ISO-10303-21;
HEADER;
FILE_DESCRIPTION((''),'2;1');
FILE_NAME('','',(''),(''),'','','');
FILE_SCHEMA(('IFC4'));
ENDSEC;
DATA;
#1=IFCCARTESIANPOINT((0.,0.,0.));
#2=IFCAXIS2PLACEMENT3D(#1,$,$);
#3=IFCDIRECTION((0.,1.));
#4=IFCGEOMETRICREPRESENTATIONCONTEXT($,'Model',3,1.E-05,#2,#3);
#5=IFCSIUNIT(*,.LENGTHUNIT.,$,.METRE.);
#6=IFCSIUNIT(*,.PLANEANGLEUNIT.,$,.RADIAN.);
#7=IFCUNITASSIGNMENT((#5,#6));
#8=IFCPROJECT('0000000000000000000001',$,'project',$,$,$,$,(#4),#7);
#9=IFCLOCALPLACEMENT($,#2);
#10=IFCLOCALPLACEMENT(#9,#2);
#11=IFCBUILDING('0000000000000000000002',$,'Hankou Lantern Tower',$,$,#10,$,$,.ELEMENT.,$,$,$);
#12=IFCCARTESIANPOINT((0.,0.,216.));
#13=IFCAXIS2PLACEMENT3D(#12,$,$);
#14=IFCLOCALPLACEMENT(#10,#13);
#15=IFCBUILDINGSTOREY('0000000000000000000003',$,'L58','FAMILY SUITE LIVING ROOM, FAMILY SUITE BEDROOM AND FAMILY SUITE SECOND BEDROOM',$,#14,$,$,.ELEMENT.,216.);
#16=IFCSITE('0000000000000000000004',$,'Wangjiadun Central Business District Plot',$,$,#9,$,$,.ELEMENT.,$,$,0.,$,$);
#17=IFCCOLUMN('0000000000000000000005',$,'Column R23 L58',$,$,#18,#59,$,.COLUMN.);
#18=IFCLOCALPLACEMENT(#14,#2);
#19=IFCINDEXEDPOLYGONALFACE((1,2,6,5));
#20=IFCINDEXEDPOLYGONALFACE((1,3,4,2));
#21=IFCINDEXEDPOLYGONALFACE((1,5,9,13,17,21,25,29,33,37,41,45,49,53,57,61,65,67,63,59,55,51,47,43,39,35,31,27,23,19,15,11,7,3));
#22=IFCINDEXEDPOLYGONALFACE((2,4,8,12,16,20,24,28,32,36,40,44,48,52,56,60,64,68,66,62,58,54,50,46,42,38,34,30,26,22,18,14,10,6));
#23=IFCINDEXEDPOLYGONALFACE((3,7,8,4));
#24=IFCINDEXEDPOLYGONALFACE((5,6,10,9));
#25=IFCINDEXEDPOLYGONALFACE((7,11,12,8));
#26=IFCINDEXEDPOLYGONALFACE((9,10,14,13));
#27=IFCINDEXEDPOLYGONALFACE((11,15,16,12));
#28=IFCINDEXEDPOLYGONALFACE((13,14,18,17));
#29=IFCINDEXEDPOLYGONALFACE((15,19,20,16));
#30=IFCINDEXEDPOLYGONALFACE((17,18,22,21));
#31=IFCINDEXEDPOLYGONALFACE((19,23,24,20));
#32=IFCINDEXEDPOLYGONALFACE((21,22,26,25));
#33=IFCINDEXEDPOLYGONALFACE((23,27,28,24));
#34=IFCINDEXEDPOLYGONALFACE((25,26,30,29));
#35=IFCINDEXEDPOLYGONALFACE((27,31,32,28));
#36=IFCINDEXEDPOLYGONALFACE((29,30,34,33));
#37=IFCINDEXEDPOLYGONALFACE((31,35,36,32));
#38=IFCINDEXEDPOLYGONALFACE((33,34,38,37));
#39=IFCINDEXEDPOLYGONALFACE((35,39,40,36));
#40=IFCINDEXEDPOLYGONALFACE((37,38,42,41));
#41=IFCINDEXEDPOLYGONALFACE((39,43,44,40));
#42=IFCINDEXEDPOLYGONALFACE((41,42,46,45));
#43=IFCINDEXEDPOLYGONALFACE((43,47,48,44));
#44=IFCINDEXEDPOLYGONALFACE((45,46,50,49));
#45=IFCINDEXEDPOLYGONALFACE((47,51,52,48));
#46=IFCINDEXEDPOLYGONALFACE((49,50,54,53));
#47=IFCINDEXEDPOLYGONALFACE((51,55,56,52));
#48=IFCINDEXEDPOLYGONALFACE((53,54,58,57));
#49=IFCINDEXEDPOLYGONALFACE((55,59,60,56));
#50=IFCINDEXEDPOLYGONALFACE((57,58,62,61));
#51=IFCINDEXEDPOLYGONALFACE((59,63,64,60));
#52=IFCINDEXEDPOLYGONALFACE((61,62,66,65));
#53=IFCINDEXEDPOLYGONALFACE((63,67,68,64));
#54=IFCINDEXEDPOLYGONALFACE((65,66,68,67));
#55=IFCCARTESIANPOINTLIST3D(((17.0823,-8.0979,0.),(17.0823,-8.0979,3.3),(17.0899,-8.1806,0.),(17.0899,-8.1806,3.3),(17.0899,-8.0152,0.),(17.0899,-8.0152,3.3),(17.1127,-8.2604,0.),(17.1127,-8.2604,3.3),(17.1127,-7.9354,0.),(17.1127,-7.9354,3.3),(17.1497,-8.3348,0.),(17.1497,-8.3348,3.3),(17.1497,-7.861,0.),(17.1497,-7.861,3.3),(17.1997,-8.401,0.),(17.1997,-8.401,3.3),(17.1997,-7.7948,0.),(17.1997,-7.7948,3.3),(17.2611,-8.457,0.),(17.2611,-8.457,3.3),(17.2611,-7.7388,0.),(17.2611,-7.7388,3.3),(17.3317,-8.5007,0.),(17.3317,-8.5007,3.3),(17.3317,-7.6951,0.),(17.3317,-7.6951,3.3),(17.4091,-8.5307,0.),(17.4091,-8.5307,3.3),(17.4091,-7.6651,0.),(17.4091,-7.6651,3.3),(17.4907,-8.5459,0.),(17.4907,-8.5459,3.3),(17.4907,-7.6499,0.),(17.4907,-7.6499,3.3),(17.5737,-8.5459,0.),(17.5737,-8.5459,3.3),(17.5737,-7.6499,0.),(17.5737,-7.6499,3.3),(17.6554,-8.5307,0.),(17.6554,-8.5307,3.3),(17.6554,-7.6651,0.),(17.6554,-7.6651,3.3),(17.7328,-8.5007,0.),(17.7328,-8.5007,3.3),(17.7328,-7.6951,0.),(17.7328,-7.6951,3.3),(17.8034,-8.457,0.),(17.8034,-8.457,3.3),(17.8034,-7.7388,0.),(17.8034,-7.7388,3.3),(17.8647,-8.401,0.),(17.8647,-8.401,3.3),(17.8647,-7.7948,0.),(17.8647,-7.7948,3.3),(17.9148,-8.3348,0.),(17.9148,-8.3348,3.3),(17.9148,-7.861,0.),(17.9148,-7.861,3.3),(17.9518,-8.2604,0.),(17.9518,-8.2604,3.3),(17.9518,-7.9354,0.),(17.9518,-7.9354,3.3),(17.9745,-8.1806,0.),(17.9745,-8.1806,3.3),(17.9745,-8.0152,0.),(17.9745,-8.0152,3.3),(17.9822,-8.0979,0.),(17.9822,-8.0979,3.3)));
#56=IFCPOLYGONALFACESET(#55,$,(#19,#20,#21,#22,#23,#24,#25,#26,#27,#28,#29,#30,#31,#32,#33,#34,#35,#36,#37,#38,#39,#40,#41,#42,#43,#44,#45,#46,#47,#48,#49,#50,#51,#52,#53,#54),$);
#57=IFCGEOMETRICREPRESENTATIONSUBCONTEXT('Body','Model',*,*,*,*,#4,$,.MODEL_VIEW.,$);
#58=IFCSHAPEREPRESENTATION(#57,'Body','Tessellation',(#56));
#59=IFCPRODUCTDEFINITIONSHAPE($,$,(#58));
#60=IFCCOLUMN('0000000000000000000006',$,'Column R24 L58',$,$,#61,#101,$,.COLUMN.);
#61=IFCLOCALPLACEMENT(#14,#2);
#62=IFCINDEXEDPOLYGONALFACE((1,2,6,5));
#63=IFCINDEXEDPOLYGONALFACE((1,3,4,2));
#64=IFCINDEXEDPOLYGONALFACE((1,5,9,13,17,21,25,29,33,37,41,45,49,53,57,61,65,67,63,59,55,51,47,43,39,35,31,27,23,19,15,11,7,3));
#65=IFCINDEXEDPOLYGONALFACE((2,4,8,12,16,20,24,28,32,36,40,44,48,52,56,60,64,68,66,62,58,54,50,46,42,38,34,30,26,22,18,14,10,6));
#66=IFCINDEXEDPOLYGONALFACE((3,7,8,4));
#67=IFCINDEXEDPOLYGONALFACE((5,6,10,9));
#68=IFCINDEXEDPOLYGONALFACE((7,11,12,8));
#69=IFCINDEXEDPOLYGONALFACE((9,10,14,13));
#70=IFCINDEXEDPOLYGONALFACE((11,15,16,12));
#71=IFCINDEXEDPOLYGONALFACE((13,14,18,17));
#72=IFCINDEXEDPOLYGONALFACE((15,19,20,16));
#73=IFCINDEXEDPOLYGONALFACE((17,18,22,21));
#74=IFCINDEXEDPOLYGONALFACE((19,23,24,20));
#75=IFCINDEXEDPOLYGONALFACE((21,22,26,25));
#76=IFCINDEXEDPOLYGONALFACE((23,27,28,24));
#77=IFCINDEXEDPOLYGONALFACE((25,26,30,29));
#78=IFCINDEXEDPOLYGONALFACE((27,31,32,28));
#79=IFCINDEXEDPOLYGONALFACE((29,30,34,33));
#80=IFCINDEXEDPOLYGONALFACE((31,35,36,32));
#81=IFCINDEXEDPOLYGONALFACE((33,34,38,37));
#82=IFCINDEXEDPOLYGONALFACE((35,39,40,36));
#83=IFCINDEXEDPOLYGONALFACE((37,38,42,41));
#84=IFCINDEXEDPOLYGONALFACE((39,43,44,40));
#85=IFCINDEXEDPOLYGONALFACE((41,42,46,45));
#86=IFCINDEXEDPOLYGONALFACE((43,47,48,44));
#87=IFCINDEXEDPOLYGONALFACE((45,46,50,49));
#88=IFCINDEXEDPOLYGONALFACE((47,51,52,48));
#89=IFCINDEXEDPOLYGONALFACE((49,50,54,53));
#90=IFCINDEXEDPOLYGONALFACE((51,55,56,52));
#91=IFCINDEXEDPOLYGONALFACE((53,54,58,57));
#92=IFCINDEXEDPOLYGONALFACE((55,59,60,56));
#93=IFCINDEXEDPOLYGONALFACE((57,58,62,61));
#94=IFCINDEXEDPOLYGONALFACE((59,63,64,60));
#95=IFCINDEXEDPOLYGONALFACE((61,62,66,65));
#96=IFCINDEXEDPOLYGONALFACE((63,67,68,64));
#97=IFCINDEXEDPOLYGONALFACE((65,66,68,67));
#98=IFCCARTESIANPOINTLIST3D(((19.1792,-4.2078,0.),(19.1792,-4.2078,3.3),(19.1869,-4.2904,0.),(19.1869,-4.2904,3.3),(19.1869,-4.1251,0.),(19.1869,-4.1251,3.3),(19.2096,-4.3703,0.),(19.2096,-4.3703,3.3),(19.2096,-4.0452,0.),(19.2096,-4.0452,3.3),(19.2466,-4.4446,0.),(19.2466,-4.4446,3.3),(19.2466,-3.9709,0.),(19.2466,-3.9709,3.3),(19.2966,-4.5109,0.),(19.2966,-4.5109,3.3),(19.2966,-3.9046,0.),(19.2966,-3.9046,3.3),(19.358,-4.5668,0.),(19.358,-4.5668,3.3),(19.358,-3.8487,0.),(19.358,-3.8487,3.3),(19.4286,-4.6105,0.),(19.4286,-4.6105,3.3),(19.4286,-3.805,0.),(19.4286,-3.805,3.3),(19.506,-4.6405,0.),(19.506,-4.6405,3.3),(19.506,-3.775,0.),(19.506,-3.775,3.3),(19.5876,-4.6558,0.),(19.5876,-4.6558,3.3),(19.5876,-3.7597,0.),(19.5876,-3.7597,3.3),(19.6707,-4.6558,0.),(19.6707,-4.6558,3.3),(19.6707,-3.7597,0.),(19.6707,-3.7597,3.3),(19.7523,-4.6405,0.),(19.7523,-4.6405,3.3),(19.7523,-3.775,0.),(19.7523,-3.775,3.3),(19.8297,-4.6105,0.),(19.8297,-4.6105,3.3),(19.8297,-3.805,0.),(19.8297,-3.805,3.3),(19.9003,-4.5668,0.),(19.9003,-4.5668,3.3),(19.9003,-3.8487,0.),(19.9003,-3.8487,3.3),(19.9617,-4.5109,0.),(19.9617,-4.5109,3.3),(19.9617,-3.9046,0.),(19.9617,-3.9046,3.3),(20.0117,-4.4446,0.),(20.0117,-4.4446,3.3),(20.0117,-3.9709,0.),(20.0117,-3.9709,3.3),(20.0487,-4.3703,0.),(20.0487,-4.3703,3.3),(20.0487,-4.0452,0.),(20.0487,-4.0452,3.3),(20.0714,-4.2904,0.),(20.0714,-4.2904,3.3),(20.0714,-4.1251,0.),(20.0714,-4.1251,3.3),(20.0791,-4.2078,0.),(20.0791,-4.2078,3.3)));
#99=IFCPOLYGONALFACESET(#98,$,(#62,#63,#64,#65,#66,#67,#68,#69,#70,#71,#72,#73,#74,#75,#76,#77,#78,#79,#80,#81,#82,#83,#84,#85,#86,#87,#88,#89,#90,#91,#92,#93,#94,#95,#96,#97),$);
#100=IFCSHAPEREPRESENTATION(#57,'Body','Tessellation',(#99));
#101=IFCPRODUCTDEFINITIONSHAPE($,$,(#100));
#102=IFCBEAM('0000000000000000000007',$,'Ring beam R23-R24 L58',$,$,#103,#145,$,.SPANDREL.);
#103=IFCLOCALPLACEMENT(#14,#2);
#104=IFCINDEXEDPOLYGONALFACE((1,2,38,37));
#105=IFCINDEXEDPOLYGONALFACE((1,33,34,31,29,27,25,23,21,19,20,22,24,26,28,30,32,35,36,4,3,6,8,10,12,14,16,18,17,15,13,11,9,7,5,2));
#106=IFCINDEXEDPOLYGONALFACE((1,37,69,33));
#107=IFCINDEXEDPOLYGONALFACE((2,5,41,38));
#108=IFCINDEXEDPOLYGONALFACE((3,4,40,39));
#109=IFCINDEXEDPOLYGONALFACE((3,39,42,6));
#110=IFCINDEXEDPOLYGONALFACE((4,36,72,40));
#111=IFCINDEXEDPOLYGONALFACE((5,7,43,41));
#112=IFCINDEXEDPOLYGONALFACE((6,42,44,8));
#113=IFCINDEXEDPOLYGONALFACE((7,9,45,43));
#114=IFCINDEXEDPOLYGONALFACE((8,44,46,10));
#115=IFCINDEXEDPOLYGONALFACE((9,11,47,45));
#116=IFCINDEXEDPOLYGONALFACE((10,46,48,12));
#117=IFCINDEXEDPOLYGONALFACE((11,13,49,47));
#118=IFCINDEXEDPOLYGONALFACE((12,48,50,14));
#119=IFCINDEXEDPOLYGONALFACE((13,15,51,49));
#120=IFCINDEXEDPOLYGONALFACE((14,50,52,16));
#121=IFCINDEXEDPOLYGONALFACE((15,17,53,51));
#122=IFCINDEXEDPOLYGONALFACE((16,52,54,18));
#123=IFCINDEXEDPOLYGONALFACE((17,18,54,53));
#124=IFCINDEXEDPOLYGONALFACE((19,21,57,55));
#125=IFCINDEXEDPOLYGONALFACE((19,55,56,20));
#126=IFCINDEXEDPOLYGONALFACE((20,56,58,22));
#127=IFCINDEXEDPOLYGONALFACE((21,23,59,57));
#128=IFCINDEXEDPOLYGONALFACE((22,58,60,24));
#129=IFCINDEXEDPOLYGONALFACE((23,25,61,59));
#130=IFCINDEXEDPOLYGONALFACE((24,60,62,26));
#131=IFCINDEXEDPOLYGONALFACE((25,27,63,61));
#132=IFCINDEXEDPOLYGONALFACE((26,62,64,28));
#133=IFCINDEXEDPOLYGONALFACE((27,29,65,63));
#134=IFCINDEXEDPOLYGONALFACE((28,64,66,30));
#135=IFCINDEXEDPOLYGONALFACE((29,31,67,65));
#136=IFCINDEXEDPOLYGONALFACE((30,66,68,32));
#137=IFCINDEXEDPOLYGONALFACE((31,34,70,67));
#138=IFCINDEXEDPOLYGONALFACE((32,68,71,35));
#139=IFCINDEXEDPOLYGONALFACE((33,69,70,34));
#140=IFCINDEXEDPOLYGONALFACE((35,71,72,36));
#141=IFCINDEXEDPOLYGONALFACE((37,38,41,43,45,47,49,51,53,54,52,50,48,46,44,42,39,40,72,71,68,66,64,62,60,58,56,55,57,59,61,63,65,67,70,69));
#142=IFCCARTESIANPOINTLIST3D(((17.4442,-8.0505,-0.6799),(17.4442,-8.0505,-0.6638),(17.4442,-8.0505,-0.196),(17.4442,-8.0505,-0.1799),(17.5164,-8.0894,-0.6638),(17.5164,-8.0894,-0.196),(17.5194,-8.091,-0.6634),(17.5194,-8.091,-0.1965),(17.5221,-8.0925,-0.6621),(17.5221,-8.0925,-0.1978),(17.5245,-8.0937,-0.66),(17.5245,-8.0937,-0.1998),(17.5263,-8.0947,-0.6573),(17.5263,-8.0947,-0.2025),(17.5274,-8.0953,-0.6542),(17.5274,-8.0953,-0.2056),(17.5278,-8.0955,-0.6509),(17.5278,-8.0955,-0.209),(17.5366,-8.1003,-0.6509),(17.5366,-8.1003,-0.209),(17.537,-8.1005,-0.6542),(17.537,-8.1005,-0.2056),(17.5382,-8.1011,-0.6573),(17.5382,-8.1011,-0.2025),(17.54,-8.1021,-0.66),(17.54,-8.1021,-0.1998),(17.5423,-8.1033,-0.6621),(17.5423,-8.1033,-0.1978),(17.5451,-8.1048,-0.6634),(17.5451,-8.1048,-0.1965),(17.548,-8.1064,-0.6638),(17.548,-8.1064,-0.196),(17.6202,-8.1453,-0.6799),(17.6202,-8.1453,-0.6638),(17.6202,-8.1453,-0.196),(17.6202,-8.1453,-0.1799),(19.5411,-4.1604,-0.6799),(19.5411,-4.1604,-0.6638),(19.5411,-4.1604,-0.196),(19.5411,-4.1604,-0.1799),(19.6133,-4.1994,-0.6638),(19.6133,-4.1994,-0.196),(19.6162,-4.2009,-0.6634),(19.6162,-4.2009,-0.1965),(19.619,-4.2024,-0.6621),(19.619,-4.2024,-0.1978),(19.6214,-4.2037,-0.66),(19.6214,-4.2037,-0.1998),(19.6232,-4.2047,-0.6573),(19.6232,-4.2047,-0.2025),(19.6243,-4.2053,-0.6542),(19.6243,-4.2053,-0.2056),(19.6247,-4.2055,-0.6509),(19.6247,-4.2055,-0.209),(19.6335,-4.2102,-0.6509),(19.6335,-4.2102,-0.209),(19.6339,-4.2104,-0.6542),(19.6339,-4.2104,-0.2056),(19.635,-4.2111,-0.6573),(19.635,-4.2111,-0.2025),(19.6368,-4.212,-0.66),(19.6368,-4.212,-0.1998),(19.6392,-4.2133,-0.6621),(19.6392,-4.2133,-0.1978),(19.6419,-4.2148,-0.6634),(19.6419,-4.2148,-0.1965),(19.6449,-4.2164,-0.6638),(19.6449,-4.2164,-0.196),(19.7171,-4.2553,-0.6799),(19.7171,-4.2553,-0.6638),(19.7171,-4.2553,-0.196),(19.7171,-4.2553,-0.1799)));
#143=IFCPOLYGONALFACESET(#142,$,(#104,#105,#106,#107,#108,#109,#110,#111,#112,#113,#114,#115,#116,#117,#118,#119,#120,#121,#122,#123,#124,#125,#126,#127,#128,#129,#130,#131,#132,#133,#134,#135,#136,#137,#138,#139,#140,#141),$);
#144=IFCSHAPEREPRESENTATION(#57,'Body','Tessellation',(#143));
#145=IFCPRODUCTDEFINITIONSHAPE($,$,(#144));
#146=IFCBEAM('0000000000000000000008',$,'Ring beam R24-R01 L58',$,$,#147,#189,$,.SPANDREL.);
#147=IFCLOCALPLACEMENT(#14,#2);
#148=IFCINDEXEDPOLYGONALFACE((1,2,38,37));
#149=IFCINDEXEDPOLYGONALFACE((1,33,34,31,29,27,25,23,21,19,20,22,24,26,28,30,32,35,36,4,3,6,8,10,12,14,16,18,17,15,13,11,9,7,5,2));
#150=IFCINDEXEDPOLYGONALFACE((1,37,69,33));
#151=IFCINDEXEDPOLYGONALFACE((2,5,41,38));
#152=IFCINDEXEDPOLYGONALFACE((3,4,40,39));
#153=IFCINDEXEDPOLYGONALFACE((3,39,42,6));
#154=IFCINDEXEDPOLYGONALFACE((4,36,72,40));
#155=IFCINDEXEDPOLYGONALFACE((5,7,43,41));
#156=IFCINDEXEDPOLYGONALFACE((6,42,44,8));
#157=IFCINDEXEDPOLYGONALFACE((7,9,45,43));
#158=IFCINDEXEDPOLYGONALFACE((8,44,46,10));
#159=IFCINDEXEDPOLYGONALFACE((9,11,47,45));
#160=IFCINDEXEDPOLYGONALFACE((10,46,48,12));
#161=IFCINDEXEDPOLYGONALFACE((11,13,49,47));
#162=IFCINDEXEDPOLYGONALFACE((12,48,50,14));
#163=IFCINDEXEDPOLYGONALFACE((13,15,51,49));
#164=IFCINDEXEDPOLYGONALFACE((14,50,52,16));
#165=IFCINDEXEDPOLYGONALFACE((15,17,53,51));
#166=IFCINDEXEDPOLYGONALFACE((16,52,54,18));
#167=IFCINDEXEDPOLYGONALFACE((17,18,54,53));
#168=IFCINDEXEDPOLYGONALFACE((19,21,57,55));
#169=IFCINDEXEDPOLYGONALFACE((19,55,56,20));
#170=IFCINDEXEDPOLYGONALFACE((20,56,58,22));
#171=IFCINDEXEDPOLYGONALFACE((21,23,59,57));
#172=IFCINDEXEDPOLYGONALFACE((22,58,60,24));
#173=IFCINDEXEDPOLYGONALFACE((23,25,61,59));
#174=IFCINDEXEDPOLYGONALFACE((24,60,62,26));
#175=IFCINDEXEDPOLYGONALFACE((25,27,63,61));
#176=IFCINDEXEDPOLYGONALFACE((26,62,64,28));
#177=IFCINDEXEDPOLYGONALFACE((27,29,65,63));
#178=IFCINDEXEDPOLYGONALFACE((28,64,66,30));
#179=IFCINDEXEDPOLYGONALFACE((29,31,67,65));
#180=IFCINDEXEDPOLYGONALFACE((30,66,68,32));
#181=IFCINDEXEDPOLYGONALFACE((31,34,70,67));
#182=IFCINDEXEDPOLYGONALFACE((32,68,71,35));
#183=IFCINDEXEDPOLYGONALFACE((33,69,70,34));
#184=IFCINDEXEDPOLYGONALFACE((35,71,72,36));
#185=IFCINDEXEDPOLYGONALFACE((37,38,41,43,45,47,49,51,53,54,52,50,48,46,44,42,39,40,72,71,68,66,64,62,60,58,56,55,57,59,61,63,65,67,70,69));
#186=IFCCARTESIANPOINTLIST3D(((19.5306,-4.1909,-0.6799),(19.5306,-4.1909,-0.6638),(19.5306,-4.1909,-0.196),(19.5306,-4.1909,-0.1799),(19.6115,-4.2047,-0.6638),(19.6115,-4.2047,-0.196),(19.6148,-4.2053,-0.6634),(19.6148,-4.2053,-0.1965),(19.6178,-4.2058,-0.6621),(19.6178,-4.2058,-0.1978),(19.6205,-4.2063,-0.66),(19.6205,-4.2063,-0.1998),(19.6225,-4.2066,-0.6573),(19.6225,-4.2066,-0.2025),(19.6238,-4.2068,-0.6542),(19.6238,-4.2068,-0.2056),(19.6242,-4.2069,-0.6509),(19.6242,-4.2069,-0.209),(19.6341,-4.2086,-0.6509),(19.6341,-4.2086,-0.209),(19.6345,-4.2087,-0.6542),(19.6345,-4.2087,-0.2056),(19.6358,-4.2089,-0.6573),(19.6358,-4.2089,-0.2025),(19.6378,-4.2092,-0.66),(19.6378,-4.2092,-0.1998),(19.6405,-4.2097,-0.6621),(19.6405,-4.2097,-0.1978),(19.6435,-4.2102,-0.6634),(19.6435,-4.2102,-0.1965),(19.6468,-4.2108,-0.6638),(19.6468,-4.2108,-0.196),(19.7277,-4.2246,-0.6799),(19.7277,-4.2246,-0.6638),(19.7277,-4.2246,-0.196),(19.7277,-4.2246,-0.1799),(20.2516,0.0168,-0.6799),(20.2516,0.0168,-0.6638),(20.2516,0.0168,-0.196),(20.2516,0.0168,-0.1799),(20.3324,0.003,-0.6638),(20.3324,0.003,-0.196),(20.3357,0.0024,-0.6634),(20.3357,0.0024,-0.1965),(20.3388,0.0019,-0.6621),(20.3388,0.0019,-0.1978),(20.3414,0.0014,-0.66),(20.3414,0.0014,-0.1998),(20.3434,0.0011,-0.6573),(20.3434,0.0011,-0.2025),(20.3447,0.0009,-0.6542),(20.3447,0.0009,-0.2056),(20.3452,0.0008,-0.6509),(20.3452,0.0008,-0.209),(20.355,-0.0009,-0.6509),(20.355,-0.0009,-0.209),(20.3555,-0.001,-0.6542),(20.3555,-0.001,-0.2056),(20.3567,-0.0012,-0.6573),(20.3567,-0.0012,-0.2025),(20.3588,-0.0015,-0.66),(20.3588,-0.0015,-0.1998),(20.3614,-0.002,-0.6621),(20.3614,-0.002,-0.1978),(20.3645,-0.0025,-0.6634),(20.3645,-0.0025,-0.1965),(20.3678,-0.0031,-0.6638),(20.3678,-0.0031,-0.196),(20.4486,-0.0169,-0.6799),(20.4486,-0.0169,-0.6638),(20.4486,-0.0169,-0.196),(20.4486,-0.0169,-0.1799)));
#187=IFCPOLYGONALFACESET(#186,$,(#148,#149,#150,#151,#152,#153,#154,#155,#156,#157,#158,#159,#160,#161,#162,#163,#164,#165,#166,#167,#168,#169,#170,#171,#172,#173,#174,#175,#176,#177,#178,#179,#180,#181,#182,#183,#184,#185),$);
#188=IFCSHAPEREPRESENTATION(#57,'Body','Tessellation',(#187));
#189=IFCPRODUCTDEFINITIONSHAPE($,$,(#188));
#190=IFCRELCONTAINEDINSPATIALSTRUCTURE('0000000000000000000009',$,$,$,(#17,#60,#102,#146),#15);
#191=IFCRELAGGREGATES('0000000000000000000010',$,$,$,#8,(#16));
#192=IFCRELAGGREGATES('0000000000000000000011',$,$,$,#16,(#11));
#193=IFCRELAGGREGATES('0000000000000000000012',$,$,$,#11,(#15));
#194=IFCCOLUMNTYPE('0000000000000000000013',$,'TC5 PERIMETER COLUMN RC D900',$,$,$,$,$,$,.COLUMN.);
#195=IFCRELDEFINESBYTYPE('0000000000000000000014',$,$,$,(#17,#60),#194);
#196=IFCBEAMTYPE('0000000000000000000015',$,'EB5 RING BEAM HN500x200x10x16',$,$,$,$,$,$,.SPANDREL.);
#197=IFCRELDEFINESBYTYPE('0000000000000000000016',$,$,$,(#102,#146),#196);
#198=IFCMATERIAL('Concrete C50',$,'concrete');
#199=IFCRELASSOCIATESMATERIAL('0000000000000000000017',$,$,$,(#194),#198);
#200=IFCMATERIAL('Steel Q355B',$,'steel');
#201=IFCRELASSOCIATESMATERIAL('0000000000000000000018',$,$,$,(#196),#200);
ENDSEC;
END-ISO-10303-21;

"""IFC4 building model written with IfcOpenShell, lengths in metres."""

from ifc_helpers import new_model, si_unit, direction, frame, origin, origin_2d, place, context, subcontext, project, spatial, circle, i_section, extrude, material, material_profile, profile_set, type_object, element, save


model = new_model("IFC4")

# Units and contexts
model_context = context("Model", 3, precision=1e-05, world=origin(), true_north=direction((0.0, 1.0)))
body_context = subcontext(model_context, "Body", "Model", "MODEL_VIEW")
ifc_project = project(units=[si_unit("LENGTHUNIT", "METRE"), si_unit("PLANEANGLEUNIT", "RADIAN")], contexts=[model_context])

# Site, building, storey
site_placement = place(None, origin())
site = spatial("IfcSite", under=ifc_project, at=site_placement, Name="Wangjiadun Central Business District Plot", CompositionType="ELEMENT", RefElevation=0.0)
building_placement = place(site_placement, origin())
building = spatial("IfcBuilding", under=site, at=building_placement, Name="Hankou Lantern Tower", CompositionType="ELEMENT")
storey_placement = place(building_placement, frame((0.0, 0.0, 216.0)))
storey = spatial("IfcBuildingStorey", under=building, at=storey_placement, Name="L58", Description="FAMILY SUITE LIVING ROOM, FAMILY SUITE BEDROOM AND FAMILY SUITE SECOND BEDROOM", CompositionType="ELEMENT", Elevation=216.0)

# Columns
ifc_material_1 = material(Name="Concrete C50", Category="concrete")
ifc_material_profile_1 = material_profile(ifc_material_1, circle(Radius=0.45, at=origin_2d()), Name="RC D900")
ifc_profile_set_1 = profile_set([ifc_material_profile_1], Name="Concrete C50")
column_type = type_object("IfcColumnType", Name="TC5 PERIMETER COLUMN RC D900", PredefinedType="COLUMN", material=ifc_profile_set_1)
for number, where, z_axis, x_axis, name in (
    (1, (17.5322, -8.0979, 0.0), (0.0, 0.0, 1.0), (1.0, 0.0, 0.0), "Column R23 L58"),
    (2, (19.6292, -4.2078, 0.0), (0.0, 0.0, 1.0), (1.0, 0.0, 0.0), "Column R24 L58"),
):
    element("IfcColumn", number, at=place(storey_placement, frame(where, z_axis=z_axis, x_axis=x_axis)), inside=storey, type_object=column_type, Name=name, PredefinedType="COLUMN", context=body_context, shape_type="SweptSolid", body=[
        extrude(circle(Radius=0.45, at=origin_2d()), origin(), (0.0, 0.0, 1.0), 3.3),
    ])

# Beams
ifc_material_2 = material(Name="Steel Q355B", Category="steel")
ifc_material_profile_2 = material_profile(ifc_material_2, i_section(OverallWidth=0.2, OverallDepth=0.5, WebThickness=0.01, FlangeThickness=0.0161, FilletRadius=0.0129, at=origin_2d()), Name="HN500x200x10x16")
ifc_profile_set_2 = profile_set([ifc_material_profile_2], Name="Steel Q355B")
beam_type = type_object("IfcBeamType", Name="EB5 RING BEAM HN500x200x10x16", PredefinedType="SPANDREL", material=ifc_profile_set_2)
beam_1_placement = place(storey_placement, frame((17.5322, -8.0979, -0.4299), z_axis=(0.474492, 0.88026, 0.0), x_axis=(-0.88026, 0.474492, 0.0)))
element("IfcBeam", 3, at=beam_1_placement, inside=storey, type_object=beam_type, Name="Ring beam R23-R24 L58", PredefinedType="SPANDREL", context=body_context, shape_type="SweptSolid", body=[
    extrude(i_section(OverallWidth=0.2, OverallDepth=0.5, WebThickness=0.01, FlangeThickness=0.0161, FilletRadius=0.0129, at=origin_2d()), origin(), (0.0, 0.0, 1.0), 4.4192),
])
beam_2_placement = place(storey_placement, frame((19.6292, -4.2078, -0.4299), z_axis=(0.168877, 0.985637, 0.0), x_axis=(-0.985637, 0.168877, 0.0)))
element("IfcBeam", 4, at=beam_2_placement, inside=storey, type_object=beam_type, Name="Ring beam R24-R01 L58", PredefinedType="SPANDREL", context=body_context, shape_type="SweptSolid", body=[
    extrude(i_section(OverallWidth=0.2, OverallDepth=0.5, WebThickness=0.01, FlangeThickness=0.0161, FilletRadius=0.0129, at=origin_2d()), origin(), (0.0, 0.0, 1.0), 4.269),
])

save(model, "model.ifc")
